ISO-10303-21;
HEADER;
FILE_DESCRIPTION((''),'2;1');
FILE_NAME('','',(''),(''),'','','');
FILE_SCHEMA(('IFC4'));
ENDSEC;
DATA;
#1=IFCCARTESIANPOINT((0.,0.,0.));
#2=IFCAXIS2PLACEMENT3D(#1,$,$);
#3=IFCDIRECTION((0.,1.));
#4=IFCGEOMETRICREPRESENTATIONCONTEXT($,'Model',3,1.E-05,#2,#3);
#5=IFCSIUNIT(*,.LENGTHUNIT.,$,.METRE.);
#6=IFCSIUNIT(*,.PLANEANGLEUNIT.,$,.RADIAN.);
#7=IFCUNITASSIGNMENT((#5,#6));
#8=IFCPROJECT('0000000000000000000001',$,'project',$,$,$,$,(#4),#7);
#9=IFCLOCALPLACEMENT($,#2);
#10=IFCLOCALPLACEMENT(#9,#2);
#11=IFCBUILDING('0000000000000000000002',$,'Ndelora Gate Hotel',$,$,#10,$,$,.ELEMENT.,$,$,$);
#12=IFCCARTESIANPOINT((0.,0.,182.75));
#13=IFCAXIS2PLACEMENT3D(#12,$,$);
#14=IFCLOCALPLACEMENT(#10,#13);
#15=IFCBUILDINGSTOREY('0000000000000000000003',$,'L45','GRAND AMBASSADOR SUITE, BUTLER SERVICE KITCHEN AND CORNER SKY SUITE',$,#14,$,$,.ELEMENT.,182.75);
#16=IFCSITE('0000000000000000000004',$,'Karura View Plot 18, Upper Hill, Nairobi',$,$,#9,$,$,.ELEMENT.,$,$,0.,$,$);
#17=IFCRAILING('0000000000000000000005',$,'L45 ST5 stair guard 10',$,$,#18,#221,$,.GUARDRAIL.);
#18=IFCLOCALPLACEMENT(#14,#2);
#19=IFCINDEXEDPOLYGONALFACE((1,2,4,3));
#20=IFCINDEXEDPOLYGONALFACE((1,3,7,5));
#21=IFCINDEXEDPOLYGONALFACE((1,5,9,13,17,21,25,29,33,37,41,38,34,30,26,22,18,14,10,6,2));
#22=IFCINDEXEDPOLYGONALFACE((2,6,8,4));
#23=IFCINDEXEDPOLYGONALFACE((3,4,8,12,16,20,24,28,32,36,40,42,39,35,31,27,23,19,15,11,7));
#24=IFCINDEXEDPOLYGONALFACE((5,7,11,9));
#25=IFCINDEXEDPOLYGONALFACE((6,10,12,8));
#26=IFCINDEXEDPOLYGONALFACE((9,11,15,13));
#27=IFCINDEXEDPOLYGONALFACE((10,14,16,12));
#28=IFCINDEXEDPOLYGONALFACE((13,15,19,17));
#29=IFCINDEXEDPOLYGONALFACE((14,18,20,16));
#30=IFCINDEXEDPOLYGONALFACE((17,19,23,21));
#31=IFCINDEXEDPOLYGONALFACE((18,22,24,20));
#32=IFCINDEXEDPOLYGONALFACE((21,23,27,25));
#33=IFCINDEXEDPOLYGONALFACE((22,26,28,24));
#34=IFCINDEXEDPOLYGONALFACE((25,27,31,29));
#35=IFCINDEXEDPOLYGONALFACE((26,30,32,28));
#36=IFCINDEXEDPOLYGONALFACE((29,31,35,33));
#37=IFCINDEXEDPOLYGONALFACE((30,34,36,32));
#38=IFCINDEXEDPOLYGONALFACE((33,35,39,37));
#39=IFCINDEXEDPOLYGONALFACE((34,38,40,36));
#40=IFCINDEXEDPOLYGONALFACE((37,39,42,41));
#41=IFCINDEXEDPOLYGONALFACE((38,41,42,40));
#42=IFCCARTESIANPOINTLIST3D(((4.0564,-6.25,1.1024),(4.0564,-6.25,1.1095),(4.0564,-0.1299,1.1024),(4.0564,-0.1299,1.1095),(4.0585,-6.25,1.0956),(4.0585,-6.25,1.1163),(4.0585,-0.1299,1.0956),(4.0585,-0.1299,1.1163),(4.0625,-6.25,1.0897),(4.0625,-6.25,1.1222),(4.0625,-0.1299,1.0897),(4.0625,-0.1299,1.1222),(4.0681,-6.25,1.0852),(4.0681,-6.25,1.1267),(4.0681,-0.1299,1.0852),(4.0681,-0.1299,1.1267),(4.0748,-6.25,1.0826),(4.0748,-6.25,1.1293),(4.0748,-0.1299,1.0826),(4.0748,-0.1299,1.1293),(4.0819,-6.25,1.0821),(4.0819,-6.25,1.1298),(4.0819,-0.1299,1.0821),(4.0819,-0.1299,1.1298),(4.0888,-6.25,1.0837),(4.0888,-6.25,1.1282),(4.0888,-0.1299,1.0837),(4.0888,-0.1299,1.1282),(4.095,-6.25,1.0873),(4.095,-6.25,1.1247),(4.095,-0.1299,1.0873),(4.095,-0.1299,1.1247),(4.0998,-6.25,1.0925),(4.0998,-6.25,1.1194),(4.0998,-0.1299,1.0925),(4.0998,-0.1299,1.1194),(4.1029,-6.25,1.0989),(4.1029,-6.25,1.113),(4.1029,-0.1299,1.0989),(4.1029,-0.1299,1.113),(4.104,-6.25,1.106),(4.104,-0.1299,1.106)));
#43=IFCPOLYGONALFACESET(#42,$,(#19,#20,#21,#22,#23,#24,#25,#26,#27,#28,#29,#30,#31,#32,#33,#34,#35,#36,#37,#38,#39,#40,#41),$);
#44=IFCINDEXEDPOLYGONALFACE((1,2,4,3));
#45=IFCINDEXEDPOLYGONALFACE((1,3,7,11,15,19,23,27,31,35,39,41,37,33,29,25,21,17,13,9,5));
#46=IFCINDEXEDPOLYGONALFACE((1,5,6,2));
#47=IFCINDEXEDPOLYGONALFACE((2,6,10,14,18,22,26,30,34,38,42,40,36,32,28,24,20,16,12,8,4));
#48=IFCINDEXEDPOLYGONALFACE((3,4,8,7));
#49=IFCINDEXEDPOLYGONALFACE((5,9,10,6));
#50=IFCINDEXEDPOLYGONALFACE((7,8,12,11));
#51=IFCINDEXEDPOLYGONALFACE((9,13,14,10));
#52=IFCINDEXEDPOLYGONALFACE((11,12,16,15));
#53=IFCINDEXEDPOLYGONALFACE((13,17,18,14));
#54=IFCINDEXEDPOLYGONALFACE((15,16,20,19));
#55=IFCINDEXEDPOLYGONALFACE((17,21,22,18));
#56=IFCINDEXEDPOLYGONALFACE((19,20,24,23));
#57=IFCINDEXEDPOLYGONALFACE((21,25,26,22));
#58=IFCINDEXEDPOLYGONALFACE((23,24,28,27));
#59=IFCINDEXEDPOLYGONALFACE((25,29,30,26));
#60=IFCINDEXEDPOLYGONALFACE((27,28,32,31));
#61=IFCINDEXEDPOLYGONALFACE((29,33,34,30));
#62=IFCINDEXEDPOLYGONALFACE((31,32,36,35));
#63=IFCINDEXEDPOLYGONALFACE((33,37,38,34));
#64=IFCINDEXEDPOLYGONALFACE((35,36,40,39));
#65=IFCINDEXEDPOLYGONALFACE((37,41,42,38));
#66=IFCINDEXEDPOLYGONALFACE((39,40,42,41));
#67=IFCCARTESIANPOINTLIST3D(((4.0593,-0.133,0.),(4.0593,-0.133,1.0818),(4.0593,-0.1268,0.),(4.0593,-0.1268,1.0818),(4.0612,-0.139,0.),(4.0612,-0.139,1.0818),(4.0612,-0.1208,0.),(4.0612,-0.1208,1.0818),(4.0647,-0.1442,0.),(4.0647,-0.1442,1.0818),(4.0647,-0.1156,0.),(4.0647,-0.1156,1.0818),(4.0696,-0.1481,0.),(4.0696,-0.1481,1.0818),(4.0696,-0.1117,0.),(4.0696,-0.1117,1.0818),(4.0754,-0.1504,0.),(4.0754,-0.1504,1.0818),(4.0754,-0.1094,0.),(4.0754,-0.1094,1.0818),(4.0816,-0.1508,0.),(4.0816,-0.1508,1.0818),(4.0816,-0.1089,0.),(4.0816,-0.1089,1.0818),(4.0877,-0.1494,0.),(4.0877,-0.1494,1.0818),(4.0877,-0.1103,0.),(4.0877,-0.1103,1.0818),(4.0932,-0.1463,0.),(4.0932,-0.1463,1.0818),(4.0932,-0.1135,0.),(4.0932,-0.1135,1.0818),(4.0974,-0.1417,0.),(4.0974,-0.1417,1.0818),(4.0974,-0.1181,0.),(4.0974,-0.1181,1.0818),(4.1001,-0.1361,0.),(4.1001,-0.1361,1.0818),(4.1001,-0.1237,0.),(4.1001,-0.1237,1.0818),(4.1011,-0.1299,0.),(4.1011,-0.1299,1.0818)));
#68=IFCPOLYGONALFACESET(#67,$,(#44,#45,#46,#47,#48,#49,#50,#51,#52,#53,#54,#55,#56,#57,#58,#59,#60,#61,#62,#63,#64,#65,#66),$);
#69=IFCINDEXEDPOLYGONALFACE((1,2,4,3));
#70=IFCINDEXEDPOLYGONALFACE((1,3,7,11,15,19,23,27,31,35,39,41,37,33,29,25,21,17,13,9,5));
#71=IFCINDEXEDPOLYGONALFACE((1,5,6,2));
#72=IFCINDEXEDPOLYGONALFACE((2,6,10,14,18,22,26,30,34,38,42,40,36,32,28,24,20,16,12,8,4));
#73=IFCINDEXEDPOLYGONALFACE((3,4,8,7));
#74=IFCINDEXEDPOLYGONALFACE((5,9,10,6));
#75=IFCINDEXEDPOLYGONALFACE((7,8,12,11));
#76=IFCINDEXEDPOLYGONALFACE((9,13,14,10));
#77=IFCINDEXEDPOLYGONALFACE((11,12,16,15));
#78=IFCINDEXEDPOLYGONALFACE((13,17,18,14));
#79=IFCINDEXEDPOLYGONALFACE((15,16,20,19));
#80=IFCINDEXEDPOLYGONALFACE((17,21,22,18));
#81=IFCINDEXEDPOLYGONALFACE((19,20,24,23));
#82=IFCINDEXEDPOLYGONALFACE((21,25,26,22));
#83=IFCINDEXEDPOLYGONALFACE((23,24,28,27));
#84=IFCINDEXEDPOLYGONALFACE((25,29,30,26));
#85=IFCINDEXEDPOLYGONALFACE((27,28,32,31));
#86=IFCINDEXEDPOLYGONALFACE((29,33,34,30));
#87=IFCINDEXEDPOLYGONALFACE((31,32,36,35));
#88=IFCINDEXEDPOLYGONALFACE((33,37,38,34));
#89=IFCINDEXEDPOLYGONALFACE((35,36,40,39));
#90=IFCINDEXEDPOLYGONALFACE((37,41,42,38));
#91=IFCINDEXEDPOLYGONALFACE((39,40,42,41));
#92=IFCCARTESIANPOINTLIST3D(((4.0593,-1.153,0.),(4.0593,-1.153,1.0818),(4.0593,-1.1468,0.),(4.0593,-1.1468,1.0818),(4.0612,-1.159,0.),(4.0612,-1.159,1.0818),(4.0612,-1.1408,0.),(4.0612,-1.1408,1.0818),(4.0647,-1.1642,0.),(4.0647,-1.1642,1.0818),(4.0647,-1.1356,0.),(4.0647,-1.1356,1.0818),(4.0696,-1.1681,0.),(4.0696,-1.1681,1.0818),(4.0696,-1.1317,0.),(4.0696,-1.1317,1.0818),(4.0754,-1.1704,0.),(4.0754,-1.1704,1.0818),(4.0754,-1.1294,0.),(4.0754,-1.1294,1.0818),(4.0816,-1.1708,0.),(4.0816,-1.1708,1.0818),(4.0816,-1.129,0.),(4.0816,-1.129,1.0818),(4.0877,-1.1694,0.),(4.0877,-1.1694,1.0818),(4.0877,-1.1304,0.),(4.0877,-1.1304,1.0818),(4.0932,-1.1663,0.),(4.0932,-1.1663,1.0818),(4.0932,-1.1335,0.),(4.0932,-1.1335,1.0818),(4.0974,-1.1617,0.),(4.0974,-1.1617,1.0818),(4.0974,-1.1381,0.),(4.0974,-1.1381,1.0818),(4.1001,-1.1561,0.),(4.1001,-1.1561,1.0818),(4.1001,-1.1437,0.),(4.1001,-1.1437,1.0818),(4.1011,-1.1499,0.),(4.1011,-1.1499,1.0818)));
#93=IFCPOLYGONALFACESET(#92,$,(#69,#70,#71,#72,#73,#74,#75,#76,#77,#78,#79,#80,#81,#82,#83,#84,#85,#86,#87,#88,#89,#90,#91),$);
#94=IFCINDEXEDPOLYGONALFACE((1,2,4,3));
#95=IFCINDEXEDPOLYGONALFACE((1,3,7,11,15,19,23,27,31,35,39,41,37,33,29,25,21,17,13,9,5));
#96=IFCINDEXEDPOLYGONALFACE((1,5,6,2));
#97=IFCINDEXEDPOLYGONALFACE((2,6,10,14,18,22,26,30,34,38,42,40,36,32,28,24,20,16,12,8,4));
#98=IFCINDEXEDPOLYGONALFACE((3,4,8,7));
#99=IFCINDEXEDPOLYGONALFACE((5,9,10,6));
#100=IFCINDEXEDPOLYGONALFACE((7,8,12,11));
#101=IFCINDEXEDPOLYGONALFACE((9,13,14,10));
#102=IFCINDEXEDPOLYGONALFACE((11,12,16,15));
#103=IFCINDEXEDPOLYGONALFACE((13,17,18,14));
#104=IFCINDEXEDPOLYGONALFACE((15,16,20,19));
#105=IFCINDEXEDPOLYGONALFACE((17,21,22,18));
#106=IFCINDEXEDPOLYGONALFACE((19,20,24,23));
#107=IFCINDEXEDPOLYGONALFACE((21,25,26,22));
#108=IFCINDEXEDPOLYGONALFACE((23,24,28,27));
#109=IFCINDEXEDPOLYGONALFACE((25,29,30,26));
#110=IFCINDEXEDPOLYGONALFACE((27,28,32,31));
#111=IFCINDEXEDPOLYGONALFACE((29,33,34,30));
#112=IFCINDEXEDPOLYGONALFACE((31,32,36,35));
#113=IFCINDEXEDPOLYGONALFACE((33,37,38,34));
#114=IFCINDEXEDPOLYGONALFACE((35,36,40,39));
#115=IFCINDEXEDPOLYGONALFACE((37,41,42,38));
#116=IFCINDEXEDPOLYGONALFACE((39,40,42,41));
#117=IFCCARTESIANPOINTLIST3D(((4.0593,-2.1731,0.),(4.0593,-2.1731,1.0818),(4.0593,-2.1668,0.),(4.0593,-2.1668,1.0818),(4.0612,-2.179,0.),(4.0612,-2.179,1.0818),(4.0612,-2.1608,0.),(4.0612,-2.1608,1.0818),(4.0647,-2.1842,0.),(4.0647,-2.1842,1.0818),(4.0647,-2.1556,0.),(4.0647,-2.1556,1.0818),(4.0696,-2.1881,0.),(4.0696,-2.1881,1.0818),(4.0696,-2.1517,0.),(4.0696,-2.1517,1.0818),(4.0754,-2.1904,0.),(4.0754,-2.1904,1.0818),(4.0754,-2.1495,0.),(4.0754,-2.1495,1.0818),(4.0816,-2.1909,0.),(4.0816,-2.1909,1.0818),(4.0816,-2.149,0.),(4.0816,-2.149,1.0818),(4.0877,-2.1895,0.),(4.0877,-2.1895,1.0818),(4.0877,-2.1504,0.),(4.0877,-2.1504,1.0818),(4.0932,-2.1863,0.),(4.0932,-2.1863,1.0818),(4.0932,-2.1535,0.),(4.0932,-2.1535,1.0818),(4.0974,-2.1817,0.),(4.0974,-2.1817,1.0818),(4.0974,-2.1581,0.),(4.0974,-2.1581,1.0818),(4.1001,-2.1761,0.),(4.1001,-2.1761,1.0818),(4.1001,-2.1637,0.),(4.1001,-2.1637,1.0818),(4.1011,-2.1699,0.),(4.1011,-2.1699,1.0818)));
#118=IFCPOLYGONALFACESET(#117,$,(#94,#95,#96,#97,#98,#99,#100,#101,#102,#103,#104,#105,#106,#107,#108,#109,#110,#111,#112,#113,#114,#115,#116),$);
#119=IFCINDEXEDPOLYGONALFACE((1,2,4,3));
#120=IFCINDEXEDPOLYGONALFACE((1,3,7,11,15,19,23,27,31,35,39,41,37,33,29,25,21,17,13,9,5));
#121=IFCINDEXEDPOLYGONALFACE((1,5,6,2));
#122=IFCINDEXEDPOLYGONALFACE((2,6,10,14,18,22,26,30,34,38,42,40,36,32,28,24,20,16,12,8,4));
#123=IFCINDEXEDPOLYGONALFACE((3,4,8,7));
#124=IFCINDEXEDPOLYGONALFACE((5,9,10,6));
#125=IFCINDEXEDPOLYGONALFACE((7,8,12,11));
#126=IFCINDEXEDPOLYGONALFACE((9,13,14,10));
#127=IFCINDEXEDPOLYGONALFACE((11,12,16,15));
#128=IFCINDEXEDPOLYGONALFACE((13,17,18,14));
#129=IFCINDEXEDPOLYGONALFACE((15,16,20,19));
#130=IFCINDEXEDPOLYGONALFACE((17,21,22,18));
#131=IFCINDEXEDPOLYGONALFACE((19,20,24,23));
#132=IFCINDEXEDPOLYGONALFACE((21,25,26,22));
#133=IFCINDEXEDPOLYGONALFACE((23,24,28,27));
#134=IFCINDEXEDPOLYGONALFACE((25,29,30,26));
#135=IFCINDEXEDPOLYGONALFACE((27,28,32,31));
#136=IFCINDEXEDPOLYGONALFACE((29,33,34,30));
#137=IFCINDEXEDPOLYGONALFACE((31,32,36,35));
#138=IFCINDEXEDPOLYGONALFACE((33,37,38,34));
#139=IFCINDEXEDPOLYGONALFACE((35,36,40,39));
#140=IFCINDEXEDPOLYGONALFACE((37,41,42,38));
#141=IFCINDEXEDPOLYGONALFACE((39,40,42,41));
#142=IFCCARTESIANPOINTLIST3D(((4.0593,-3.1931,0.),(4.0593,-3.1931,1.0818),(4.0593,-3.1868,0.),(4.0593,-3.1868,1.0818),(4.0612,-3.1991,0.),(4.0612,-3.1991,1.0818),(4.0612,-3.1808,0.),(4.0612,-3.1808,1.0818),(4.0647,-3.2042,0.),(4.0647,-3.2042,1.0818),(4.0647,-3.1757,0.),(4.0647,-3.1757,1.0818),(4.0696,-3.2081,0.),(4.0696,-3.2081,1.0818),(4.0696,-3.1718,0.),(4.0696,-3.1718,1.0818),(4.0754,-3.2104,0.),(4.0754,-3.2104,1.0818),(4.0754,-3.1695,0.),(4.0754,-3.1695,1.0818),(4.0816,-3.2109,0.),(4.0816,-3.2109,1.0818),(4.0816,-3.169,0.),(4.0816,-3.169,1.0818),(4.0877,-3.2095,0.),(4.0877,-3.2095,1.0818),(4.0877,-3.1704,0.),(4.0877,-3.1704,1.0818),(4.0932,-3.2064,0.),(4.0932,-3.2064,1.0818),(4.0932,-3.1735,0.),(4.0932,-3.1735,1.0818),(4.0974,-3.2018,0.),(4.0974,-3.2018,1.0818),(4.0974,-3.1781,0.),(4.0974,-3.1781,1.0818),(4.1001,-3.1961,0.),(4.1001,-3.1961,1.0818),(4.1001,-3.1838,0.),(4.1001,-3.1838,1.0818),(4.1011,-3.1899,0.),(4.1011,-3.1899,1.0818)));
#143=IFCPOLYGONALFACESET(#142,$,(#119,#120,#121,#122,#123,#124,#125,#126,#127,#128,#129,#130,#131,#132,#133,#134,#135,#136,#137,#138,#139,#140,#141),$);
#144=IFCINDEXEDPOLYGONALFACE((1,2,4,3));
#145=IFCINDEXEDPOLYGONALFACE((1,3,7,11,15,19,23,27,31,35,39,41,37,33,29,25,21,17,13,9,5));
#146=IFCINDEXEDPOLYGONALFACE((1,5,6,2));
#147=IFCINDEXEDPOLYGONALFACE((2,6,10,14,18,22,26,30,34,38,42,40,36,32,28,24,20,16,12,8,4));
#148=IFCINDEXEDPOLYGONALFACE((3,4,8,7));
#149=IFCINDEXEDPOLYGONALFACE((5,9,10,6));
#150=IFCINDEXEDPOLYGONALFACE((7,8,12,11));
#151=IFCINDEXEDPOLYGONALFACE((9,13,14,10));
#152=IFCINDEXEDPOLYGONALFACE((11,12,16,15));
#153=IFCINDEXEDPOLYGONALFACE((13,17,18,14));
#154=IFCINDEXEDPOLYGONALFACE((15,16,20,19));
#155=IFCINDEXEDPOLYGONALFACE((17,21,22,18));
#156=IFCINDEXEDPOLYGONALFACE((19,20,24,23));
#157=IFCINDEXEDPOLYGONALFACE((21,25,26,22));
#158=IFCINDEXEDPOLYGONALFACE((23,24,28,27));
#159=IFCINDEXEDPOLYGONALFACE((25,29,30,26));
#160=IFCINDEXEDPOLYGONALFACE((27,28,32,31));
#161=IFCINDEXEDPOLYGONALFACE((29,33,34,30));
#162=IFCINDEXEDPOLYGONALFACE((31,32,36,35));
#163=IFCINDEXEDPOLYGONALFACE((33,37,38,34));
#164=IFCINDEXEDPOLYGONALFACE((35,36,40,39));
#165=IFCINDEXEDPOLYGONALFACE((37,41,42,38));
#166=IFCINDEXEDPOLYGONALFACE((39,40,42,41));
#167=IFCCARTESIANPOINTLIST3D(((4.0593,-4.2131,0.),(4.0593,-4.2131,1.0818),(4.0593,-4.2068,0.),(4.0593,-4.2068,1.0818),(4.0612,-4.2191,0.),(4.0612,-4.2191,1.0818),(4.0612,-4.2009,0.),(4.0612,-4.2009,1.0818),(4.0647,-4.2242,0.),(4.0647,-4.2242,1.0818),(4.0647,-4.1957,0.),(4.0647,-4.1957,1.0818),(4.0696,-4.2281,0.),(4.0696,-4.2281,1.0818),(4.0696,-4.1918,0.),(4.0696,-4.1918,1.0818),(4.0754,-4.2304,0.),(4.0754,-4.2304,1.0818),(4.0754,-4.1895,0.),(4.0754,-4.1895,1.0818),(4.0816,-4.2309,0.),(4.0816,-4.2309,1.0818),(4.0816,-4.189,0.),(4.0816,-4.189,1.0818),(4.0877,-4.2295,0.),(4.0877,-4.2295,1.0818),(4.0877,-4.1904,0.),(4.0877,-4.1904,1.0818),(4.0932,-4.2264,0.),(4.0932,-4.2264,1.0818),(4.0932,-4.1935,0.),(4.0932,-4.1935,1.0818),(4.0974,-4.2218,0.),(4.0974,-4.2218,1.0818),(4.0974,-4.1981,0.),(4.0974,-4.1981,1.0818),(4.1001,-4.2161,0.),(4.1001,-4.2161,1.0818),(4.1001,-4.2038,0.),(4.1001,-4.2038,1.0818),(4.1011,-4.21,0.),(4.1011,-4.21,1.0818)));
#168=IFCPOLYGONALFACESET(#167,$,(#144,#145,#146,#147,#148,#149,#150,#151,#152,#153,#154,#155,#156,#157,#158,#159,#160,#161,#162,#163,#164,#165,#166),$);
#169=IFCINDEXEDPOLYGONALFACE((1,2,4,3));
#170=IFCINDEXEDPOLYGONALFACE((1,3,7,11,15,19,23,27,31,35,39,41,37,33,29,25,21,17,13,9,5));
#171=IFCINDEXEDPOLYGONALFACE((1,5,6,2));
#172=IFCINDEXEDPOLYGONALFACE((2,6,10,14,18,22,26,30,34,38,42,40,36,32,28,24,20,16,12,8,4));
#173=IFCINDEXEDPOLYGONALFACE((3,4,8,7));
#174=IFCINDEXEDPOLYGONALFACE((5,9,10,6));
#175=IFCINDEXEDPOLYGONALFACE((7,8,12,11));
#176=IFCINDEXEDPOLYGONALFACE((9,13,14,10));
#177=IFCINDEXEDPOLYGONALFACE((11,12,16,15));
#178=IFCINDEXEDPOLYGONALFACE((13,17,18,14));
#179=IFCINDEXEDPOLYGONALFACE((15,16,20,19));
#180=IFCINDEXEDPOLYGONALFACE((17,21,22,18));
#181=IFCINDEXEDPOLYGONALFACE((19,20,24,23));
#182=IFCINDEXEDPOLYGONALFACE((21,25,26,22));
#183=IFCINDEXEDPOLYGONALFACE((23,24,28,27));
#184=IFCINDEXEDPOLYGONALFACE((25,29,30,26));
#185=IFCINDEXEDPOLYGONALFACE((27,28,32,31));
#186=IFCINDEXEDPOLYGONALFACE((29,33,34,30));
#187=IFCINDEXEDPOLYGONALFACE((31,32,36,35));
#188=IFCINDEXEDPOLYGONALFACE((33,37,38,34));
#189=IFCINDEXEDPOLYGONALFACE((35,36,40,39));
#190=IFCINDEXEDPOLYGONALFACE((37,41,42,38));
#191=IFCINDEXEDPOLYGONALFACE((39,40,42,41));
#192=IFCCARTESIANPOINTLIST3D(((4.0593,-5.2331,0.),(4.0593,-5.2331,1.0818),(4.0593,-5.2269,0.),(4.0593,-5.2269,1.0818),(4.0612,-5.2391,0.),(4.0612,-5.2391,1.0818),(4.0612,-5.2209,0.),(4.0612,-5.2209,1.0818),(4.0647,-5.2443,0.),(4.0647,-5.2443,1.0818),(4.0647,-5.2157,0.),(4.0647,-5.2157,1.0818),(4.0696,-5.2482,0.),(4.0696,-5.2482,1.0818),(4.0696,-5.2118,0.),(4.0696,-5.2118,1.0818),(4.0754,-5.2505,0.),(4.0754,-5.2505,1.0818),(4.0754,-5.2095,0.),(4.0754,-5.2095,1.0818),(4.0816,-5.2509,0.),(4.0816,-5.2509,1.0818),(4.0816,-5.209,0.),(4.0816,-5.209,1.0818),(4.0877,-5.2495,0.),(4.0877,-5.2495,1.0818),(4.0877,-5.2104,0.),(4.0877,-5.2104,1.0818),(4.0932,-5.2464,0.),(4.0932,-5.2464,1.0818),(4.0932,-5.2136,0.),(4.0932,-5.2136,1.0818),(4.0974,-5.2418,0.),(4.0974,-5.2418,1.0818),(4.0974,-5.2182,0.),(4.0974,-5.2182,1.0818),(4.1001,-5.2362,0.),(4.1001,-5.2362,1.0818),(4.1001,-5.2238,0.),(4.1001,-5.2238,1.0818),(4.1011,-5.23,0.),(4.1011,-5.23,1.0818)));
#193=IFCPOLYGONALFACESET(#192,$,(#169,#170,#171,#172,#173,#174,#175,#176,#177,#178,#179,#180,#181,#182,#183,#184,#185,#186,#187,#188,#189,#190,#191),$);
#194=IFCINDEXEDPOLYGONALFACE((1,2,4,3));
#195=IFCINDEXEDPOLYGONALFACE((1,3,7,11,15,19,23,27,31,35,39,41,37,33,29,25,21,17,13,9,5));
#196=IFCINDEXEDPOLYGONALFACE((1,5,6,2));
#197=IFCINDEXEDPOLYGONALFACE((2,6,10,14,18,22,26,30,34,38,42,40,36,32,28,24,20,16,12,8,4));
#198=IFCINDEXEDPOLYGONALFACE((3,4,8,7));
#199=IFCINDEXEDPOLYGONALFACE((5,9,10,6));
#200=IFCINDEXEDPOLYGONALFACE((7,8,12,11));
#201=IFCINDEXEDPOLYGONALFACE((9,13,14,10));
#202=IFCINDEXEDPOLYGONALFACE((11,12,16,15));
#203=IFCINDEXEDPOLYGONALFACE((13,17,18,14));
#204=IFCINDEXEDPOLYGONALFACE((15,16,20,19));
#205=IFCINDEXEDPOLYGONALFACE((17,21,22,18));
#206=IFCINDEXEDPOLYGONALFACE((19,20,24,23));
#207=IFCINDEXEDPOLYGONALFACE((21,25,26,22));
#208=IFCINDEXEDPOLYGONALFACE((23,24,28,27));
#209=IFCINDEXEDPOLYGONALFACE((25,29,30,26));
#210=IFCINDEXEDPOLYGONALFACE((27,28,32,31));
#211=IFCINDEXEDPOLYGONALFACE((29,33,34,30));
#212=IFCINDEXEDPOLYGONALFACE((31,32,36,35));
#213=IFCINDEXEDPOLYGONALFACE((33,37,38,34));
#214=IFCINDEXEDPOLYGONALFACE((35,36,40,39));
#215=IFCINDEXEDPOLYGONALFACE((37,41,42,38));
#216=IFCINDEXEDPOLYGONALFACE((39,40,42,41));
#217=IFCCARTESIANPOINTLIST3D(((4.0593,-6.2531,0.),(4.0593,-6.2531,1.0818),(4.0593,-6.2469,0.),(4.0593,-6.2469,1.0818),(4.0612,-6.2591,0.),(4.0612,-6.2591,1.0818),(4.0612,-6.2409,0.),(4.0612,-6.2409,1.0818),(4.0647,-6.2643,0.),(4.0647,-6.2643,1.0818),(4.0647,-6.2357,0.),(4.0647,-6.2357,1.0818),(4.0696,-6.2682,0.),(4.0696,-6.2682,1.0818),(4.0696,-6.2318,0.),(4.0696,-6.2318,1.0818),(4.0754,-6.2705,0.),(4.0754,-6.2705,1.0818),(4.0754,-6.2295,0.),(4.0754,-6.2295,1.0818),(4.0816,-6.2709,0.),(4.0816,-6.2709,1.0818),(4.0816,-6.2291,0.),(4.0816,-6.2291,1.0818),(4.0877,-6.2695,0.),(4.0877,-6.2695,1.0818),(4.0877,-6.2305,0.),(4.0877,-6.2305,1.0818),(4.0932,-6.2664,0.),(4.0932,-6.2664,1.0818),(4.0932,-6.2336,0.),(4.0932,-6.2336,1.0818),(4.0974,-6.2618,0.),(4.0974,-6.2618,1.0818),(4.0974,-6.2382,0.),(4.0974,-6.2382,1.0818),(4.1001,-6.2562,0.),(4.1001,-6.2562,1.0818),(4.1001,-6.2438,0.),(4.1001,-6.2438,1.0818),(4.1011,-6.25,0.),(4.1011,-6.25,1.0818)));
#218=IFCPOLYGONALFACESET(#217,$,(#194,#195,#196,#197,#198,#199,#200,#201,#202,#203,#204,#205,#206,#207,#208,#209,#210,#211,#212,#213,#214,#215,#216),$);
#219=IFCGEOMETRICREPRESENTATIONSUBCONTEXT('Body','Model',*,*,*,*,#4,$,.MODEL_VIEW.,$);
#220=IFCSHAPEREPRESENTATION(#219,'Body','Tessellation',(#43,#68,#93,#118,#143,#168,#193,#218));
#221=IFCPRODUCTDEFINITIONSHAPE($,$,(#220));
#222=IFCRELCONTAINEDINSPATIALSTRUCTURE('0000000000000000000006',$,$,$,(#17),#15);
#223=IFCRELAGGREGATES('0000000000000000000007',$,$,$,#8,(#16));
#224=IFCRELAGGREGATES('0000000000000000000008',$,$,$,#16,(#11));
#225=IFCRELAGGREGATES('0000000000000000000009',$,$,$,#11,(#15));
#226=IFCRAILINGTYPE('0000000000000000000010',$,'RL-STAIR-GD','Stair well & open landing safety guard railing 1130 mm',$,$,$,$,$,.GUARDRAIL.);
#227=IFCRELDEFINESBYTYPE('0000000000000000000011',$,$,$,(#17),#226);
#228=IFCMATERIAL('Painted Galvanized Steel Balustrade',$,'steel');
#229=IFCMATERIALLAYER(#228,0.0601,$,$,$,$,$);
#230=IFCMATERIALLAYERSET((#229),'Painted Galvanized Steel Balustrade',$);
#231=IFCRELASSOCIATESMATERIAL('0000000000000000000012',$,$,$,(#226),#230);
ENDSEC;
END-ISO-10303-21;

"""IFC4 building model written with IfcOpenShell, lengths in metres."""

from ifc_helpers import new_model, si_unit, direction, frame, origin, origin_2d, place, context, subcontext, project, spatial, circle, extrude, material, layer, layer_set, type_object, element, save


model = new_model("IFC4")

# Units and contexts
model_context = context("Model", 3, precision=1e-05, world=origin(), true_north=direction((0.0, 1.0)))
body_context = subcontext(model_context, "Body", "Model", "MODEL_VIEW")
ifc_project = project(units=[si_unit("LENGTHUNIT", "METRE"), si_unit("PLANEANGLEUNIT", "RADIAN")], contexts=[model_context])

# Site, building, storey
site_placement = place(None, origin())
site = spatial("IfcSite", under=ifc_project, at=site_placement, Name="Karura View Plot 18, Upper Hill, Nairobi", CompositionType="ELEMENT", RefElevation=0.0)
building_placement = place(site_placement, origin())
building = spatial("IfcBuilding", under=site, at=building_placement, Name="Ndelora Gate Hotel", CompositionType="ELEMENT")
storey_placement = place(building_placement, frame((0.0, 0.0, 182.75)))
storey = spatial("IfcBuildingStorey", under=building, at=storey_placement, Name="L45", Description="GRAND AMBASSADOR SUITE, BUTLER SERVICE KITCHEN AND CORNER SKY SUITE", CompositionType="ELEMENT", Elevation=182.75)

# Railing
ifc_material_1 = material(Name="Painted Galvanized Steel Balustrade", Category="steel")
ifc_layer_1 = layer(ifc_material_1, 0.0601)
ifc_layer_set_1 = layer_set([ifc_layer_1], Name="Painted Galvanized Steel Balustrade")
railing_type_1 = type_object("IfcRailingType", Name="RL-STAIR-GD", Description="Stair well & open landing safety guard railing 1130 mm", PredefinedType="GUARDRAIL", material=ifc_layer_set_1)
railing_1_placement = place(storey_placement, frame((4.0801, -0.1299, 0.0)))
element("IfcRailing", 1, at=railing_1_placement, inside=storey, type_object=railing_type_1, Name="L45 ST5 stair guard 10", PredefinedType="GUARDRAIL", context=body_context, shape_type="SweptSolid", body=[
    extrude(circle(Radius=0.0239, at=origin_2d()), frame((0.0, 0.0, 1.106), z_axis=(0.0, -1.0, 0.0), x_axis=(1.0, 0.0, 0.0)), (0.0, 0.0, 1.0), 6.1201),
    extrude(circle(Radius=0.021, at=origin_2d()), origin(), (0.0, 0.0, 1.0), 1.0818),
    extrude(circle(Radius=0.021, at=origin_2d()), frame((0.0, -1.02, 0.0)), (0.0, 0.0, 1.0), 1.0818),
    extrude(circle(Radius=0.021, at=origin_2d()), frame((0.0, -2.04, 0.0)), (0.0, 0.0, 1.0), 1.0818),
    extrude(circle(Radius=0.021, at=origin_2d()), frame((0.0, -3.0601, 0.0)), (0.0, 0.0, 1.0), 1.0818),
    extrude(circle(Radius=0.021, at=origin_2d()), frame((0.0, -4.0801, 0.0)), (0.0, 0.0, 1.0), 1.0818),
    extrude(circle(Radius=0.021, at=origin_2d()), frame((0.0, -5.1001, 0.0)), (0.0, 0.0, 1.0), 1.0818),
    extrude(circle(Radius=0.021, at=origin_2d()), frame((0.0, -6.1201, 0.0)), (0.0, 0.0, 1.0), 1.0818),
])

save(model, "model.ifc")
